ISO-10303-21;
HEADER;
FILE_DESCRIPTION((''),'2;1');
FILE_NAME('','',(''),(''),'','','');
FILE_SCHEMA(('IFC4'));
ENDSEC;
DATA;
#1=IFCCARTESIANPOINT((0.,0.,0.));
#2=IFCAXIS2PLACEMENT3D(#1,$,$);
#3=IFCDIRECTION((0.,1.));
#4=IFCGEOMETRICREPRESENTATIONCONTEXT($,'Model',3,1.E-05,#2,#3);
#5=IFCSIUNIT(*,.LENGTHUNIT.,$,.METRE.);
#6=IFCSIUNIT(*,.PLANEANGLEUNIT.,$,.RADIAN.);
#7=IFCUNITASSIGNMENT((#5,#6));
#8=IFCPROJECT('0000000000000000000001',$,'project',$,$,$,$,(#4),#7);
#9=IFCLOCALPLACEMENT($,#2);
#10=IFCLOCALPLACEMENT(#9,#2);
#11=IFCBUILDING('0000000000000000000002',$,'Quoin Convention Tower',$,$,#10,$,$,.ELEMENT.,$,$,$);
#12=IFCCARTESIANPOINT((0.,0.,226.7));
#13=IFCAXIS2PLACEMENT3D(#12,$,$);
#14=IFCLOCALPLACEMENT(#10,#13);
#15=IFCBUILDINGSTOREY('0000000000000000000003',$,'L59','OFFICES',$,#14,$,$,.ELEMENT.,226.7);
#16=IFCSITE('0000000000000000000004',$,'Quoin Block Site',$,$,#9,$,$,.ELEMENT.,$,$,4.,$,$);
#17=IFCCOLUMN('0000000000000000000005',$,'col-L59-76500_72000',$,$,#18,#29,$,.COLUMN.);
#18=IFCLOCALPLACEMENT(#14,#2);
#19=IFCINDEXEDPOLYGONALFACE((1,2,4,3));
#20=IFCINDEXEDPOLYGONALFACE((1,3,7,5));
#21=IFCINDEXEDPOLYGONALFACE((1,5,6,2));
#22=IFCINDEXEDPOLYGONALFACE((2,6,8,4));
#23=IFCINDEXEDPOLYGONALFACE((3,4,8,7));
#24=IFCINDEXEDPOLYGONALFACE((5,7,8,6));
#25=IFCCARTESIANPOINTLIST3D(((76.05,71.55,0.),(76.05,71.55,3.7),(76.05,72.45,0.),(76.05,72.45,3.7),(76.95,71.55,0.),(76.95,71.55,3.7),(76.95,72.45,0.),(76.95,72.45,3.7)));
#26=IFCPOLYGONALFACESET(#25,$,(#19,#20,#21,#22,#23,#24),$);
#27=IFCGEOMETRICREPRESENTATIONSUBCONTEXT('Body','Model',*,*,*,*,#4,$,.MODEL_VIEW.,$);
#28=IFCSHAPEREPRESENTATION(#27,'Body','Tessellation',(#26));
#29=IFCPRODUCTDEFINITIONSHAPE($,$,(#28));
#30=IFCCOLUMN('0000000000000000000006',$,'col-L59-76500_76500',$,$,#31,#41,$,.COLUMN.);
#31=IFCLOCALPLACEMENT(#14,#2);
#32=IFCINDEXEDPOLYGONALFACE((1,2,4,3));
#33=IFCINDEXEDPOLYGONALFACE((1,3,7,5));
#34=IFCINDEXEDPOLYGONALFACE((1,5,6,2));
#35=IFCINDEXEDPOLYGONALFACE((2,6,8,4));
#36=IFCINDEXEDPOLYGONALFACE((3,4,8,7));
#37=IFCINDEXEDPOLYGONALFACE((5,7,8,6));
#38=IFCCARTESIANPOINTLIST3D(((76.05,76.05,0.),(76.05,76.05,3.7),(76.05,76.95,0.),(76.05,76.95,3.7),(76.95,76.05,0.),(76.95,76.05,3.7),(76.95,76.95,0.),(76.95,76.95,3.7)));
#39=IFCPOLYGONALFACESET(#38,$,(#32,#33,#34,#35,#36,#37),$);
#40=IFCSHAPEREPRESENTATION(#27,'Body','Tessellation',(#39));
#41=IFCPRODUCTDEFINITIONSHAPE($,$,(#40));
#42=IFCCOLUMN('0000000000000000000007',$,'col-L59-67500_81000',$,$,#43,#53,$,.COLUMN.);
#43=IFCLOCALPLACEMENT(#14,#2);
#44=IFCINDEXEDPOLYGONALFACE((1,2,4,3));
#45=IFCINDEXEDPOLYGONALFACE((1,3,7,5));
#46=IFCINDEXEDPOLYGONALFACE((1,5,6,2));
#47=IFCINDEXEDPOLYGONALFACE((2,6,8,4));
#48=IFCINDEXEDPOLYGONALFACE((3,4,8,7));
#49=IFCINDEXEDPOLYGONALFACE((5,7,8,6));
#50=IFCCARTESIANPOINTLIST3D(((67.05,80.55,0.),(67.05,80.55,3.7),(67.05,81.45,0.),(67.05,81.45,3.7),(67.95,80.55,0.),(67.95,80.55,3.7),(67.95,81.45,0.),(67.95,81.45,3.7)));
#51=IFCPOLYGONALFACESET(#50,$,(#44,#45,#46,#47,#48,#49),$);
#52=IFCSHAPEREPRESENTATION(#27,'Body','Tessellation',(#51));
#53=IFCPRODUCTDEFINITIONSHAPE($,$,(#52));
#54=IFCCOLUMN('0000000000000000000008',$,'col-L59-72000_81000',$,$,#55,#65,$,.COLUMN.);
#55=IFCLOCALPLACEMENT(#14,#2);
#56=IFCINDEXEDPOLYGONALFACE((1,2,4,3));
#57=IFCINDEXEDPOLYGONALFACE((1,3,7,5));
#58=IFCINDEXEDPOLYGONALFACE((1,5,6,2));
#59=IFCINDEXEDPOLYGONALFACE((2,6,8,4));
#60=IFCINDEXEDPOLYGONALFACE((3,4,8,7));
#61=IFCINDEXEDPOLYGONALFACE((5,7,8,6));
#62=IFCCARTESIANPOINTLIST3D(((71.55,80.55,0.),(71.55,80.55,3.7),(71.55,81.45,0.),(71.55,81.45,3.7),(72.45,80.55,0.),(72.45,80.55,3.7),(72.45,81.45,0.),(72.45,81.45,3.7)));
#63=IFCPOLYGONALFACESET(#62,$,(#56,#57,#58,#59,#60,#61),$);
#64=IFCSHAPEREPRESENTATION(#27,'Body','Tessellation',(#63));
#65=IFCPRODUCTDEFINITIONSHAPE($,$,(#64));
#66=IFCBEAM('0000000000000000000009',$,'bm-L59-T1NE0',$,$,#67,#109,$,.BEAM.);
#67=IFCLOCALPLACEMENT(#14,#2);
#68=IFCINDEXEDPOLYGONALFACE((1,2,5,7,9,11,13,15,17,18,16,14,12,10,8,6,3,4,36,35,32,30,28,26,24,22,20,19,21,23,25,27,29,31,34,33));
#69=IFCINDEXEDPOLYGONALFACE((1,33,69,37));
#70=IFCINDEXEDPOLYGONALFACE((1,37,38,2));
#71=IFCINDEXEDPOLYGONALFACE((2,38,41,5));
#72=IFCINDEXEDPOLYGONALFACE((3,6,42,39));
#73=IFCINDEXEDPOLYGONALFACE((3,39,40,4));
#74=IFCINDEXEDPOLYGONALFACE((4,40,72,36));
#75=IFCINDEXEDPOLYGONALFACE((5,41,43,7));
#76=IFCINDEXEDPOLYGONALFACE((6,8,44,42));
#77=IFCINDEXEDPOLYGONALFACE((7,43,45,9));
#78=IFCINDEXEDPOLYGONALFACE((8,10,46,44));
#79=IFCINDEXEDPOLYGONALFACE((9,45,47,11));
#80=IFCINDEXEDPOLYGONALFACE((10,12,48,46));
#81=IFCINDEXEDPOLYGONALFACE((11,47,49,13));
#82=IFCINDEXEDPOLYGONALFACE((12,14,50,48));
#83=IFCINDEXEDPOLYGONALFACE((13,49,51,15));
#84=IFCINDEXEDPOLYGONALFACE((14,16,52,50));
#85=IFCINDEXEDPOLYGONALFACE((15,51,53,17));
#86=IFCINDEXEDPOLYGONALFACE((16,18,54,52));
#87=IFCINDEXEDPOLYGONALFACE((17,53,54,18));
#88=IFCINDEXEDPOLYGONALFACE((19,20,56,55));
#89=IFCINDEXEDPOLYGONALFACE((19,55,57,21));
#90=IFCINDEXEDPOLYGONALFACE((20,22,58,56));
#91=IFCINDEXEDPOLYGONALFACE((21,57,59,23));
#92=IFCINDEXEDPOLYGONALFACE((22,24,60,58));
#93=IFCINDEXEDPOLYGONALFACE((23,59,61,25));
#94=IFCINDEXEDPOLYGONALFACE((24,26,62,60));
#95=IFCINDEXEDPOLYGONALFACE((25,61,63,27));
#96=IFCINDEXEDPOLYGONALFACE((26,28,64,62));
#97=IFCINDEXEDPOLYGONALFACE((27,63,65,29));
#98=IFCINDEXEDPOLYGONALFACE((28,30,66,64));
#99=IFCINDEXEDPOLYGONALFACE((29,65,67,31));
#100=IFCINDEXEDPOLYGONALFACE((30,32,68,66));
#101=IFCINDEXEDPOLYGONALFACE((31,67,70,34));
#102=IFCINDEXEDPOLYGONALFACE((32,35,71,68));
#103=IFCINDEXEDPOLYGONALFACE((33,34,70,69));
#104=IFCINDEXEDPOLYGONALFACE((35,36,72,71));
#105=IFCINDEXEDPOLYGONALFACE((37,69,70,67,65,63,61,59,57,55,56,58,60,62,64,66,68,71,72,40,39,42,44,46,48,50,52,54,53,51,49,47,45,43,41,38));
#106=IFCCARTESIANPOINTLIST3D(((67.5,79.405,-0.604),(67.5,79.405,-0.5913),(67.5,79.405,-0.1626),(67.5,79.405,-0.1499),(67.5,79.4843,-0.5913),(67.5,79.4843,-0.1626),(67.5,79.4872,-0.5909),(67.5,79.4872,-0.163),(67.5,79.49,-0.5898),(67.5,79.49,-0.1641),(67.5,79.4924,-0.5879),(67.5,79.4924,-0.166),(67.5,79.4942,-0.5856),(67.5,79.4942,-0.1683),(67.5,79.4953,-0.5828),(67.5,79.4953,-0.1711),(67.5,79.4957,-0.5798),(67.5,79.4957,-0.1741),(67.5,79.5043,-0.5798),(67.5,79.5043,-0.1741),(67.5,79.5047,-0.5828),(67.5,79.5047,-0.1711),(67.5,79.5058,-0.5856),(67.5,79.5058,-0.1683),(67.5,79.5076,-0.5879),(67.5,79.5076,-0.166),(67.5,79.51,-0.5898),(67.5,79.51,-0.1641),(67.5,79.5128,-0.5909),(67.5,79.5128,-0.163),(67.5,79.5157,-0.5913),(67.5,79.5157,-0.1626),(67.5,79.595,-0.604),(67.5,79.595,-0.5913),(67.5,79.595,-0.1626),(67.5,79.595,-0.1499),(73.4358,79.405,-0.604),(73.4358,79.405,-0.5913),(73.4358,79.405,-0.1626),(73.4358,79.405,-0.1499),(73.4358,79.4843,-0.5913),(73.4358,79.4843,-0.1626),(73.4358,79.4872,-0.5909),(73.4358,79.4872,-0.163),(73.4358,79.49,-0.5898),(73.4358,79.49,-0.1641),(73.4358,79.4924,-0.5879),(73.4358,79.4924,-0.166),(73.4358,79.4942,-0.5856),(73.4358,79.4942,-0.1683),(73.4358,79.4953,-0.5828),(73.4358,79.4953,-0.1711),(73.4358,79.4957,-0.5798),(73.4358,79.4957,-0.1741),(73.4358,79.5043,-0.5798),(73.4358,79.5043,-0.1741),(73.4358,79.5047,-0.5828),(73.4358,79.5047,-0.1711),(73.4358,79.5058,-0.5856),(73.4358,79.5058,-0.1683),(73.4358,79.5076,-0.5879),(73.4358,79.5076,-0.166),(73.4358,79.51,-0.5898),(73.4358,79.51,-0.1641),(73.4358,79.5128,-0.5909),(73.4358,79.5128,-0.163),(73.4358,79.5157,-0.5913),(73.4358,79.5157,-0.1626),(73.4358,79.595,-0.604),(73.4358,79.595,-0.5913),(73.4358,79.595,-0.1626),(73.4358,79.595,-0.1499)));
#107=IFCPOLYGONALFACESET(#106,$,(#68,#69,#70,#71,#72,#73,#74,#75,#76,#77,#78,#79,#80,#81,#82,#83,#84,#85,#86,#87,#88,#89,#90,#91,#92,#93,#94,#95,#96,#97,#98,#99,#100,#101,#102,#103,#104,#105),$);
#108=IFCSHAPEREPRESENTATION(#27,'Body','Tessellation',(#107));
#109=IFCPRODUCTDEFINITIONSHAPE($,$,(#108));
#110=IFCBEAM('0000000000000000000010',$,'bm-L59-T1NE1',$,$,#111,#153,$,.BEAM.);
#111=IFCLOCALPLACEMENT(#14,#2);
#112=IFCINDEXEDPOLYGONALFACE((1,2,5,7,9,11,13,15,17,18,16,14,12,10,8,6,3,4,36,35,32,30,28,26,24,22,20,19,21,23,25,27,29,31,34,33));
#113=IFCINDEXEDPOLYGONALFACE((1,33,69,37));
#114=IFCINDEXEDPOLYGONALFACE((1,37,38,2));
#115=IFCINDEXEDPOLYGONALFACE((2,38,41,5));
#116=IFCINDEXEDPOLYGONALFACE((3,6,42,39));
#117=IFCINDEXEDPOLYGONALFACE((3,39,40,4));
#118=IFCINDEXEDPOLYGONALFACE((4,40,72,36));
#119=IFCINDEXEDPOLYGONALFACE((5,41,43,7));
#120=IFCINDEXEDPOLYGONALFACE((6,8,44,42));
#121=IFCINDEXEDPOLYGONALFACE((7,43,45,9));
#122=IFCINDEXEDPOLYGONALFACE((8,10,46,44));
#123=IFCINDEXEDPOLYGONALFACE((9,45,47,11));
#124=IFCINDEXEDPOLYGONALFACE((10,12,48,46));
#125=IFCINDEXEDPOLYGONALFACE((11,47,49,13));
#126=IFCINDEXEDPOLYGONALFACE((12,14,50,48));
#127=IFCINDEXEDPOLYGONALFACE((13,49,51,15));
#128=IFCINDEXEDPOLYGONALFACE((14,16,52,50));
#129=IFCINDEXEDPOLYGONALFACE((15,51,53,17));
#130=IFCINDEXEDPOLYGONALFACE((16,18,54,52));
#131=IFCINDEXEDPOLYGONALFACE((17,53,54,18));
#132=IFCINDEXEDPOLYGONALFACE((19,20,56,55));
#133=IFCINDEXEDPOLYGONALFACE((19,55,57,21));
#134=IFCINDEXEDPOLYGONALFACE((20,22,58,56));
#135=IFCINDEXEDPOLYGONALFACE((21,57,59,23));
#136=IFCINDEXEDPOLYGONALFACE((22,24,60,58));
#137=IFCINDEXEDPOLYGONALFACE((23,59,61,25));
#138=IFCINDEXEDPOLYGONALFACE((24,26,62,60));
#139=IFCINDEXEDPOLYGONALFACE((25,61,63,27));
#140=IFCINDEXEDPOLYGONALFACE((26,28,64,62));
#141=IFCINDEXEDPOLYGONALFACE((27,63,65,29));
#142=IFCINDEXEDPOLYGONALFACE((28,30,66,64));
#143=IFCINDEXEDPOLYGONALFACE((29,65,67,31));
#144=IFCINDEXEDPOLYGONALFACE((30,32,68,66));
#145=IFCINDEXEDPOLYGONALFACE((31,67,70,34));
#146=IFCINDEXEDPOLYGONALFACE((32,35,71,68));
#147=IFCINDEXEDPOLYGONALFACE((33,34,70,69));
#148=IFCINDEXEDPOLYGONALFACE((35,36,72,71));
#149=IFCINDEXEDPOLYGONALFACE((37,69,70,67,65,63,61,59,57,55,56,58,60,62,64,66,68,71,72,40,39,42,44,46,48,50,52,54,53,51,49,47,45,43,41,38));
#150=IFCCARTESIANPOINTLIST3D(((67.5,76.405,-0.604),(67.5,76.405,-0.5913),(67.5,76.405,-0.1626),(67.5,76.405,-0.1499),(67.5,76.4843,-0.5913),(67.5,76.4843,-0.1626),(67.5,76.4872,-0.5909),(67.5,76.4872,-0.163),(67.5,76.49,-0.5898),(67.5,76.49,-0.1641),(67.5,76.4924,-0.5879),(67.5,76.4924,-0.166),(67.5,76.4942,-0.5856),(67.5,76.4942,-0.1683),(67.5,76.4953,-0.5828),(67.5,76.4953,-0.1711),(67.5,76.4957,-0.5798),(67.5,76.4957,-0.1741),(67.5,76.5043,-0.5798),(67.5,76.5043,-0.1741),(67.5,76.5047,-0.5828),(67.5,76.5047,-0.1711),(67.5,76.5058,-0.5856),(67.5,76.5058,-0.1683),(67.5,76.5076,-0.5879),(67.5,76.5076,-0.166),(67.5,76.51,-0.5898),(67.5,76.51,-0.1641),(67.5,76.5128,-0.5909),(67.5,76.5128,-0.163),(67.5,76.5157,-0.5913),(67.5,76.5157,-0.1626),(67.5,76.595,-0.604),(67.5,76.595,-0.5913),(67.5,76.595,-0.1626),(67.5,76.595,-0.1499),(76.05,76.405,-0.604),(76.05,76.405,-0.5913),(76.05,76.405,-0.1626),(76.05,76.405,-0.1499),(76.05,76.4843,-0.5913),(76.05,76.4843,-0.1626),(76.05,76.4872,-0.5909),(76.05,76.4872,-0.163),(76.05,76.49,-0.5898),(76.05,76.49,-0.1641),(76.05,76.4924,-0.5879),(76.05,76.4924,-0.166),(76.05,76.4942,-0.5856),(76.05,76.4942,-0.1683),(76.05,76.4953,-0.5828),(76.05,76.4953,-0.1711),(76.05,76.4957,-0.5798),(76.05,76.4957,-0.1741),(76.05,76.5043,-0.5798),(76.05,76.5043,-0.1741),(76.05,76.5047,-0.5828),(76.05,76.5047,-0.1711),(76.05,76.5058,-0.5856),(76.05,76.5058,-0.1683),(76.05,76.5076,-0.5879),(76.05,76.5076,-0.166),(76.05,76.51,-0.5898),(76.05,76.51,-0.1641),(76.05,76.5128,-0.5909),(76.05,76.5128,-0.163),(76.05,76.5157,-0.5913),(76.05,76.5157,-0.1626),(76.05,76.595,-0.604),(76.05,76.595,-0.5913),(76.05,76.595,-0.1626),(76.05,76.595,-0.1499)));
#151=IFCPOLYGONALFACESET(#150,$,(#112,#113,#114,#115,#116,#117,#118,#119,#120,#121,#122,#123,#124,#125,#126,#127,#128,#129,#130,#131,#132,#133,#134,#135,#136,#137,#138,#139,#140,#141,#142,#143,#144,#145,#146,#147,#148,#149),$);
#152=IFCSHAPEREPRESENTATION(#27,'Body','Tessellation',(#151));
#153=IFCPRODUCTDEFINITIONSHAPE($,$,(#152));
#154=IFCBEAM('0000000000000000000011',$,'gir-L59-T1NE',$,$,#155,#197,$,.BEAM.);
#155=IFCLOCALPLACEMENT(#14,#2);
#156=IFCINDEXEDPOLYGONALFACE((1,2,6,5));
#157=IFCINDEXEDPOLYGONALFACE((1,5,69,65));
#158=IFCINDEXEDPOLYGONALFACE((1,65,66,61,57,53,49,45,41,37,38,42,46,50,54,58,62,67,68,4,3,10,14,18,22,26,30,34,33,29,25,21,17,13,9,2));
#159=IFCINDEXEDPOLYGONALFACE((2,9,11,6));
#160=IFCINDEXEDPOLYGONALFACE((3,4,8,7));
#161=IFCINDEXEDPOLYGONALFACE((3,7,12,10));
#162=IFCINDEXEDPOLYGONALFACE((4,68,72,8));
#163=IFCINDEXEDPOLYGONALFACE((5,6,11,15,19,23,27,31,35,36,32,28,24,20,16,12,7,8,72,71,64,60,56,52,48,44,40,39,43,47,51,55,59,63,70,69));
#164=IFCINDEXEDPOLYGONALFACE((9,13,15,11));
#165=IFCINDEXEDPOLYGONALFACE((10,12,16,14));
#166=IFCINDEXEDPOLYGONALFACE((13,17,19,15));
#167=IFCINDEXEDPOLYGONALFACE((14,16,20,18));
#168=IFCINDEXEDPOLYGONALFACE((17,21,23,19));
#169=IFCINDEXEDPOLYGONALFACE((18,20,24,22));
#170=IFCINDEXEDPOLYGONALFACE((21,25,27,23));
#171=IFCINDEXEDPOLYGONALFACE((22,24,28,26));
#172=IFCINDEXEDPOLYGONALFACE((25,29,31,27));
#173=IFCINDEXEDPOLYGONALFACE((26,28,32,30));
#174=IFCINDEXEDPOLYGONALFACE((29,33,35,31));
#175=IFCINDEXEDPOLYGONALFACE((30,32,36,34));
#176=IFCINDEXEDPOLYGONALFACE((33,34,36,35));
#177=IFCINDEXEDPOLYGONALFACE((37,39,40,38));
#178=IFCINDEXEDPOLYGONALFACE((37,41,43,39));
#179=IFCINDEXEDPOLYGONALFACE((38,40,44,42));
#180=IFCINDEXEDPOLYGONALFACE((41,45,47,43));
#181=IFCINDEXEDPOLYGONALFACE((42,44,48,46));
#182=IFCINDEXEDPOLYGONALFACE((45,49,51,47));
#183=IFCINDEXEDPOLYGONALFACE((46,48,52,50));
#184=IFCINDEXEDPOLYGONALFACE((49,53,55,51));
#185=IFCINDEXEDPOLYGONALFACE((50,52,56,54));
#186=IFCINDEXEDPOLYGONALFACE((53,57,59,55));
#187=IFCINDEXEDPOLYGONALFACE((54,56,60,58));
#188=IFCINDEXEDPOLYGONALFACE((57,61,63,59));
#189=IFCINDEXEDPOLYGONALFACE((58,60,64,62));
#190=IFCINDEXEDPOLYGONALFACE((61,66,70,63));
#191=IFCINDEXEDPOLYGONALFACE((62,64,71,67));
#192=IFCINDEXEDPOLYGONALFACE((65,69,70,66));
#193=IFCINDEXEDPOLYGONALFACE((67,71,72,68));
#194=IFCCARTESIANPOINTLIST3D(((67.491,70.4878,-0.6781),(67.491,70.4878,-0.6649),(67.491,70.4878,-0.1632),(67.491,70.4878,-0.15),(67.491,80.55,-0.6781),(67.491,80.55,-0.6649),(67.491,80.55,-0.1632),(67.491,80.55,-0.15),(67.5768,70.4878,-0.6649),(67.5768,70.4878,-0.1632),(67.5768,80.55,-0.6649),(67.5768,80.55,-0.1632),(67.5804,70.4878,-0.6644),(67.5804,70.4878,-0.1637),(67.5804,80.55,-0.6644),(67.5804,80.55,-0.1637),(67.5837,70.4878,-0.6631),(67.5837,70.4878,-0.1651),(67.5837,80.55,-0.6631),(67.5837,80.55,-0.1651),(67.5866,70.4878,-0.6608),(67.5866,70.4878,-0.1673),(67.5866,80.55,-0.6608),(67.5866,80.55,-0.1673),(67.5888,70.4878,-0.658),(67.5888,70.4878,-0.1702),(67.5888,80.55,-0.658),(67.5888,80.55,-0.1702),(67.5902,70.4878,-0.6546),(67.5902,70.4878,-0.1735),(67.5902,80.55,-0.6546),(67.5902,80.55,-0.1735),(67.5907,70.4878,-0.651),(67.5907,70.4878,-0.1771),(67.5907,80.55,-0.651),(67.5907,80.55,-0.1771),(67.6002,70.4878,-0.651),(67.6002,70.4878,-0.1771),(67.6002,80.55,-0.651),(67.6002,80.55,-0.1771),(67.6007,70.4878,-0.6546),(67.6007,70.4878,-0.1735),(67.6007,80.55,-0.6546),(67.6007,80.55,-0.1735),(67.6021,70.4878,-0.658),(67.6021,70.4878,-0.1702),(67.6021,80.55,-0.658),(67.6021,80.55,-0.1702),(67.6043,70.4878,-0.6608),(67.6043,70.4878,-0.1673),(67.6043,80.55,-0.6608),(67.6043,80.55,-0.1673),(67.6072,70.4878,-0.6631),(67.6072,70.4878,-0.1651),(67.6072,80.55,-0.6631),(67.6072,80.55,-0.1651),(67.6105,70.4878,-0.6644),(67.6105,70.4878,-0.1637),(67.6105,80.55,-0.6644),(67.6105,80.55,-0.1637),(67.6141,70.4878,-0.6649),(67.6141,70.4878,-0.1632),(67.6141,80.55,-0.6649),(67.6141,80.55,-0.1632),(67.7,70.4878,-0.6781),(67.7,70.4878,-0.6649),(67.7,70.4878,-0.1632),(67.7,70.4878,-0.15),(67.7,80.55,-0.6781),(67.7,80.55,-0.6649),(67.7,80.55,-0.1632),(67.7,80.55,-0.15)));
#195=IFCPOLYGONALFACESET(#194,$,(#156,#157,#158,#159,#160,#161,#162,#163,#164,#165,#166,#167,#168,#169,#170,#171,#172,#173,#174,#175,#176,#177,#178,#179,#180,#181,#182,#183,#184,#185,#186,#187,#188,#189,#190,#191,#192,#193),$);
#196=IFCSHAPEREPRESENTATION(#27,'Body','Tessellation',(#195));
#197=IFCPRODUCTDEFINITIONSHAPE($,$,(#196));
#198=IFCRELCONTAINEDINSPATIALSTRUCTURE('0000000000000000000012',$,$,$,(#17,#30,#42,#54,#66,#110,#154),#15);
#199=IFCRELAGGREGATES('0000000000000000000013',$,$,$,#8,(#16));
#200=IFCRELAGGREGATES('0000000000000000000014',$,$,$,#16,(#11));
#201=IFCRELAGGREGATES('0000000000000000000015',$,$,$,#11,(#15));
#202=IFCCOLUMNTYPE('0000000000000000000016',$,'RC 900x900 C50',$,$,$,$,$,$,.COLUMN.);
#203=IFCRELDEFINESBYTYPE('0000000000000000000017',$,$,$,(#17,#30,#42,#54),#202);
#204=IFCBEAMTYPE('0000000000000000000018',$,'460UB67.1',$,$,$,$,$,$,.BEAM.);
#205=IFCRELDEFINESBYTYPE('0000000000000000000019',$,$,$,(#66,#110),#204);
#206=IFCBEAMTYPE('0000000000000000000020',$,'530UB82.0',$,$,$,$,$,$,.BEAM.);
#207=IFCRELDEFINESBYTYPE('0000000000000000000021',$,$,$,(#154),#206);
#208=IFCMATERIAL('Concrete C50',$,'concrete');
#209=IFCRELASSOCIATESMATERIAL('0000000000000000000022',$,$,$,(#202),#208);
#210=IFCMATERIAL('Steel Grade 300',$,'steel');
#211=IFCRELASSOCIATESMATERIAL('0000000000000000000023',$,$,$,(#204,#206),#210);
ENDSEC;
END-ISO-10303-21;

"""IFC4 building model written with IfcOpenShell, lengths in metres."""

from ifc_helpers import new_model, si_unit, direction, frame, origin, origin_2d, place, context, subcontext, project, spatial, rectangle, i_section, extrude, material, material_profile, profile_set, type_object, element, save


model = new_model("IFC4")

# Units and contexts
model_context = context("Model", 3, precision=1e-05, world=origin(), true_north=direction((0.0, 1.0)))
body_context = subcontext(model_context, "Body", "Model", "MODEL_VIEW")
ifc_project = project(units=[si_unit("LENGTHUNIT", "METRE"), si_unit("PLANEANGLEUNIT", "RADIAN")], contexts=[model_context])

# Site, building, storey
site_placement = place(None, origin())
site = spatial("IfcSite", under=ifc_project, at=site_placement, Name="Quoin Block Site", CompositionType="ELEMENT", RefElevation=4.0)
building_placement = place(site_placement, origin())
building = spatial("IfcBuilding", under=site, at=building_placement, Name="Quoin Convention Tower", CompositionType="ELEMENT")
storey_placement = place(building_placement, frame((0.0, 0.0, 226.7)))
storey = spatial("IfcBuildingStorey", under=building, at=storey_placement, Name="L59", Description="OFFICES", CompositionType="ELEMENT", Elevation=226.7)

# Columns
ifc_material_1 = material(Name="Concrete C50", Category="concrete")
ifc_material_profile_1 = material_profile(ifc_material_1, rectangle(XDim=0.8999, YDim=0.8999, at=origin_2d()), Name="RC 900x900")
ifc_profile_set_1 = profile_set([ifc_material_profile_1], Name="Concrete C50")
column_type = type_object("IfcColumnType", Name="RC 900x900 C50", PredefinedType="COLUMN", material=ifc_profile_set_1)
for number, where, z_axis, x_axis, name in (
    (1, (76.5, 72.0, 0.0), (0.0, 0.0, 1.0), (1.0, 0.0, 0.0), "col-L59-76500_72000"),
    (2, (76.5, 76.5, 0.0), (0.0, 0.0, 1.0), (1.0, 0.0, 0.0), "col-L59-76500_76500"),
    (3, (67.5, 81.0, 0.0), (0.0, 0.0, 1.0), (1.0, 0.0, 0.0), "col-L59-67500_81000"),
    (4, (72.0, 81.0, 0.0), (0.0, 0.0, 1.0), (1.0, 0.0, 0.0), "col-L59-72000_81000"),
):
    element("IfcColumn", number, at=place(storey_placement, frame(where, z_axis=z_axis, x_axis=x_axis)), inside=storey, type_object=column_type, Name=name, PredefinedType="COLUMN", context=body_context, shape_type="SweptSolid", body=[
        extrude(rectangle(XDim=0.8999, YDim=0.8999, at=origin_2d()), origin(), (0.0, 0.0, 1.0), 3.7),
    ])

# Beams
ifc_material_2 = material(Name="Steel Grade 300", Category="steel")
ifc_material_profile_2 = material_profile(ifc_material_2, i_section(OverallWidth=0.1899, OverallDepth=0.4541, WebThickness=0.0085, FlangeThickness=0.0127, FilletRadius=0.0115, at=origin_2d()), Name="460UB67.1")
ifc_profile_set_2 = profile_set([ifc_material_profile_2], Name="Steel Grade 300")
beam_type_1 = type_object("IfcBeamType", Name="460UB67.1", PredefinedType="BEAM", material=ifc_profile_set_2)
beam_1_placement = place(storey_placement, frame((67.5, 79.5, -0.377), z_axis=(1.0, 0.0, 0.0), x_axis=(0.0, 1.0, 0.0)))
element("IfcBeam", 5, at=beam_1_placement, inside=storey, type_object=beam_type_1, Name="bm-L59-T1NE0", PredefinedType="BEAM", context=body_context, shape_type="SweptSolid", body=[
    extrude(i_section(OverallWidth=0.1899, OverallDepth=0.4541, WebThickness=0.0085, FlangeThickness=0.0127, FilletRadius=0.0115, at=origin_2d()), origin(), (0.0, 0.0, 1.0), 5.9358),
])
beam_2_placement = place(storey_placement, frame((67.5, 76.5, -0.377), z_axis=(1.0, 0.0, 0.0), x_axis=(0.0, 1.0, 0.0)))
element("IfcBeam", 6, at=beam_2_placement, inside=storey, type_object=beam_type_1, Name="bm-L59-T1NE1", PredefinedType="BEAM", context=body_context, shape_type="SweptSolid", body=[
    extrude(i_section(OverallWidth=0.1899, OverallDepth=0.4541, WebThickness=0.0085, FlangeThickness=0.0127, FilletRadius=0.0115, at=origin_2d()), origin(), (0.0, 0.0, 1.0), 8.55),
])
ifc_material_profile_3 = material_profile(ifc_material_2, i_section(OverallWidth=0.209, OverallDepth=0.5281, WebThickness=0.0095, FlangeThickness=0.0132, FilletRadius=0.0139, at=origin_2d()), Name="530UB82.0")
ifc_profile_set_3 = profile_set([ifc_material_profile_3], Name="Steel Grade 300")
beam_type_2 = type_object("IfcBeamType", Name="530UB82.0", PredefinedType="BEAM", material=ifc_profile_set_3)
beam_3_placement = place(storey_placement, frame((67.5955, 80.55, -0.4141), z_axis=(0.0, -1.0, 0.0), x_axis=(1.0, 0.0, 0.0)))
element("IfcBeam", 7, at=beam_3_placement, inside=storey, type_object=beam_type_2, Name="gir-L59-T1NE", PredefinedType="BEAM", context=body_context, shape_type="SweptSolid", body=[
    extrude(i_section(OverallWidth=0.209, OverallDepth=0.5281, WebThickness=0.0095, FlangeThickness=0.0132, FilletRadius=0.0139, at=origin_2d()), origin(), (0.0, 0.0, 1.0), 10.0623),
])

save(model, "model.ifc")
